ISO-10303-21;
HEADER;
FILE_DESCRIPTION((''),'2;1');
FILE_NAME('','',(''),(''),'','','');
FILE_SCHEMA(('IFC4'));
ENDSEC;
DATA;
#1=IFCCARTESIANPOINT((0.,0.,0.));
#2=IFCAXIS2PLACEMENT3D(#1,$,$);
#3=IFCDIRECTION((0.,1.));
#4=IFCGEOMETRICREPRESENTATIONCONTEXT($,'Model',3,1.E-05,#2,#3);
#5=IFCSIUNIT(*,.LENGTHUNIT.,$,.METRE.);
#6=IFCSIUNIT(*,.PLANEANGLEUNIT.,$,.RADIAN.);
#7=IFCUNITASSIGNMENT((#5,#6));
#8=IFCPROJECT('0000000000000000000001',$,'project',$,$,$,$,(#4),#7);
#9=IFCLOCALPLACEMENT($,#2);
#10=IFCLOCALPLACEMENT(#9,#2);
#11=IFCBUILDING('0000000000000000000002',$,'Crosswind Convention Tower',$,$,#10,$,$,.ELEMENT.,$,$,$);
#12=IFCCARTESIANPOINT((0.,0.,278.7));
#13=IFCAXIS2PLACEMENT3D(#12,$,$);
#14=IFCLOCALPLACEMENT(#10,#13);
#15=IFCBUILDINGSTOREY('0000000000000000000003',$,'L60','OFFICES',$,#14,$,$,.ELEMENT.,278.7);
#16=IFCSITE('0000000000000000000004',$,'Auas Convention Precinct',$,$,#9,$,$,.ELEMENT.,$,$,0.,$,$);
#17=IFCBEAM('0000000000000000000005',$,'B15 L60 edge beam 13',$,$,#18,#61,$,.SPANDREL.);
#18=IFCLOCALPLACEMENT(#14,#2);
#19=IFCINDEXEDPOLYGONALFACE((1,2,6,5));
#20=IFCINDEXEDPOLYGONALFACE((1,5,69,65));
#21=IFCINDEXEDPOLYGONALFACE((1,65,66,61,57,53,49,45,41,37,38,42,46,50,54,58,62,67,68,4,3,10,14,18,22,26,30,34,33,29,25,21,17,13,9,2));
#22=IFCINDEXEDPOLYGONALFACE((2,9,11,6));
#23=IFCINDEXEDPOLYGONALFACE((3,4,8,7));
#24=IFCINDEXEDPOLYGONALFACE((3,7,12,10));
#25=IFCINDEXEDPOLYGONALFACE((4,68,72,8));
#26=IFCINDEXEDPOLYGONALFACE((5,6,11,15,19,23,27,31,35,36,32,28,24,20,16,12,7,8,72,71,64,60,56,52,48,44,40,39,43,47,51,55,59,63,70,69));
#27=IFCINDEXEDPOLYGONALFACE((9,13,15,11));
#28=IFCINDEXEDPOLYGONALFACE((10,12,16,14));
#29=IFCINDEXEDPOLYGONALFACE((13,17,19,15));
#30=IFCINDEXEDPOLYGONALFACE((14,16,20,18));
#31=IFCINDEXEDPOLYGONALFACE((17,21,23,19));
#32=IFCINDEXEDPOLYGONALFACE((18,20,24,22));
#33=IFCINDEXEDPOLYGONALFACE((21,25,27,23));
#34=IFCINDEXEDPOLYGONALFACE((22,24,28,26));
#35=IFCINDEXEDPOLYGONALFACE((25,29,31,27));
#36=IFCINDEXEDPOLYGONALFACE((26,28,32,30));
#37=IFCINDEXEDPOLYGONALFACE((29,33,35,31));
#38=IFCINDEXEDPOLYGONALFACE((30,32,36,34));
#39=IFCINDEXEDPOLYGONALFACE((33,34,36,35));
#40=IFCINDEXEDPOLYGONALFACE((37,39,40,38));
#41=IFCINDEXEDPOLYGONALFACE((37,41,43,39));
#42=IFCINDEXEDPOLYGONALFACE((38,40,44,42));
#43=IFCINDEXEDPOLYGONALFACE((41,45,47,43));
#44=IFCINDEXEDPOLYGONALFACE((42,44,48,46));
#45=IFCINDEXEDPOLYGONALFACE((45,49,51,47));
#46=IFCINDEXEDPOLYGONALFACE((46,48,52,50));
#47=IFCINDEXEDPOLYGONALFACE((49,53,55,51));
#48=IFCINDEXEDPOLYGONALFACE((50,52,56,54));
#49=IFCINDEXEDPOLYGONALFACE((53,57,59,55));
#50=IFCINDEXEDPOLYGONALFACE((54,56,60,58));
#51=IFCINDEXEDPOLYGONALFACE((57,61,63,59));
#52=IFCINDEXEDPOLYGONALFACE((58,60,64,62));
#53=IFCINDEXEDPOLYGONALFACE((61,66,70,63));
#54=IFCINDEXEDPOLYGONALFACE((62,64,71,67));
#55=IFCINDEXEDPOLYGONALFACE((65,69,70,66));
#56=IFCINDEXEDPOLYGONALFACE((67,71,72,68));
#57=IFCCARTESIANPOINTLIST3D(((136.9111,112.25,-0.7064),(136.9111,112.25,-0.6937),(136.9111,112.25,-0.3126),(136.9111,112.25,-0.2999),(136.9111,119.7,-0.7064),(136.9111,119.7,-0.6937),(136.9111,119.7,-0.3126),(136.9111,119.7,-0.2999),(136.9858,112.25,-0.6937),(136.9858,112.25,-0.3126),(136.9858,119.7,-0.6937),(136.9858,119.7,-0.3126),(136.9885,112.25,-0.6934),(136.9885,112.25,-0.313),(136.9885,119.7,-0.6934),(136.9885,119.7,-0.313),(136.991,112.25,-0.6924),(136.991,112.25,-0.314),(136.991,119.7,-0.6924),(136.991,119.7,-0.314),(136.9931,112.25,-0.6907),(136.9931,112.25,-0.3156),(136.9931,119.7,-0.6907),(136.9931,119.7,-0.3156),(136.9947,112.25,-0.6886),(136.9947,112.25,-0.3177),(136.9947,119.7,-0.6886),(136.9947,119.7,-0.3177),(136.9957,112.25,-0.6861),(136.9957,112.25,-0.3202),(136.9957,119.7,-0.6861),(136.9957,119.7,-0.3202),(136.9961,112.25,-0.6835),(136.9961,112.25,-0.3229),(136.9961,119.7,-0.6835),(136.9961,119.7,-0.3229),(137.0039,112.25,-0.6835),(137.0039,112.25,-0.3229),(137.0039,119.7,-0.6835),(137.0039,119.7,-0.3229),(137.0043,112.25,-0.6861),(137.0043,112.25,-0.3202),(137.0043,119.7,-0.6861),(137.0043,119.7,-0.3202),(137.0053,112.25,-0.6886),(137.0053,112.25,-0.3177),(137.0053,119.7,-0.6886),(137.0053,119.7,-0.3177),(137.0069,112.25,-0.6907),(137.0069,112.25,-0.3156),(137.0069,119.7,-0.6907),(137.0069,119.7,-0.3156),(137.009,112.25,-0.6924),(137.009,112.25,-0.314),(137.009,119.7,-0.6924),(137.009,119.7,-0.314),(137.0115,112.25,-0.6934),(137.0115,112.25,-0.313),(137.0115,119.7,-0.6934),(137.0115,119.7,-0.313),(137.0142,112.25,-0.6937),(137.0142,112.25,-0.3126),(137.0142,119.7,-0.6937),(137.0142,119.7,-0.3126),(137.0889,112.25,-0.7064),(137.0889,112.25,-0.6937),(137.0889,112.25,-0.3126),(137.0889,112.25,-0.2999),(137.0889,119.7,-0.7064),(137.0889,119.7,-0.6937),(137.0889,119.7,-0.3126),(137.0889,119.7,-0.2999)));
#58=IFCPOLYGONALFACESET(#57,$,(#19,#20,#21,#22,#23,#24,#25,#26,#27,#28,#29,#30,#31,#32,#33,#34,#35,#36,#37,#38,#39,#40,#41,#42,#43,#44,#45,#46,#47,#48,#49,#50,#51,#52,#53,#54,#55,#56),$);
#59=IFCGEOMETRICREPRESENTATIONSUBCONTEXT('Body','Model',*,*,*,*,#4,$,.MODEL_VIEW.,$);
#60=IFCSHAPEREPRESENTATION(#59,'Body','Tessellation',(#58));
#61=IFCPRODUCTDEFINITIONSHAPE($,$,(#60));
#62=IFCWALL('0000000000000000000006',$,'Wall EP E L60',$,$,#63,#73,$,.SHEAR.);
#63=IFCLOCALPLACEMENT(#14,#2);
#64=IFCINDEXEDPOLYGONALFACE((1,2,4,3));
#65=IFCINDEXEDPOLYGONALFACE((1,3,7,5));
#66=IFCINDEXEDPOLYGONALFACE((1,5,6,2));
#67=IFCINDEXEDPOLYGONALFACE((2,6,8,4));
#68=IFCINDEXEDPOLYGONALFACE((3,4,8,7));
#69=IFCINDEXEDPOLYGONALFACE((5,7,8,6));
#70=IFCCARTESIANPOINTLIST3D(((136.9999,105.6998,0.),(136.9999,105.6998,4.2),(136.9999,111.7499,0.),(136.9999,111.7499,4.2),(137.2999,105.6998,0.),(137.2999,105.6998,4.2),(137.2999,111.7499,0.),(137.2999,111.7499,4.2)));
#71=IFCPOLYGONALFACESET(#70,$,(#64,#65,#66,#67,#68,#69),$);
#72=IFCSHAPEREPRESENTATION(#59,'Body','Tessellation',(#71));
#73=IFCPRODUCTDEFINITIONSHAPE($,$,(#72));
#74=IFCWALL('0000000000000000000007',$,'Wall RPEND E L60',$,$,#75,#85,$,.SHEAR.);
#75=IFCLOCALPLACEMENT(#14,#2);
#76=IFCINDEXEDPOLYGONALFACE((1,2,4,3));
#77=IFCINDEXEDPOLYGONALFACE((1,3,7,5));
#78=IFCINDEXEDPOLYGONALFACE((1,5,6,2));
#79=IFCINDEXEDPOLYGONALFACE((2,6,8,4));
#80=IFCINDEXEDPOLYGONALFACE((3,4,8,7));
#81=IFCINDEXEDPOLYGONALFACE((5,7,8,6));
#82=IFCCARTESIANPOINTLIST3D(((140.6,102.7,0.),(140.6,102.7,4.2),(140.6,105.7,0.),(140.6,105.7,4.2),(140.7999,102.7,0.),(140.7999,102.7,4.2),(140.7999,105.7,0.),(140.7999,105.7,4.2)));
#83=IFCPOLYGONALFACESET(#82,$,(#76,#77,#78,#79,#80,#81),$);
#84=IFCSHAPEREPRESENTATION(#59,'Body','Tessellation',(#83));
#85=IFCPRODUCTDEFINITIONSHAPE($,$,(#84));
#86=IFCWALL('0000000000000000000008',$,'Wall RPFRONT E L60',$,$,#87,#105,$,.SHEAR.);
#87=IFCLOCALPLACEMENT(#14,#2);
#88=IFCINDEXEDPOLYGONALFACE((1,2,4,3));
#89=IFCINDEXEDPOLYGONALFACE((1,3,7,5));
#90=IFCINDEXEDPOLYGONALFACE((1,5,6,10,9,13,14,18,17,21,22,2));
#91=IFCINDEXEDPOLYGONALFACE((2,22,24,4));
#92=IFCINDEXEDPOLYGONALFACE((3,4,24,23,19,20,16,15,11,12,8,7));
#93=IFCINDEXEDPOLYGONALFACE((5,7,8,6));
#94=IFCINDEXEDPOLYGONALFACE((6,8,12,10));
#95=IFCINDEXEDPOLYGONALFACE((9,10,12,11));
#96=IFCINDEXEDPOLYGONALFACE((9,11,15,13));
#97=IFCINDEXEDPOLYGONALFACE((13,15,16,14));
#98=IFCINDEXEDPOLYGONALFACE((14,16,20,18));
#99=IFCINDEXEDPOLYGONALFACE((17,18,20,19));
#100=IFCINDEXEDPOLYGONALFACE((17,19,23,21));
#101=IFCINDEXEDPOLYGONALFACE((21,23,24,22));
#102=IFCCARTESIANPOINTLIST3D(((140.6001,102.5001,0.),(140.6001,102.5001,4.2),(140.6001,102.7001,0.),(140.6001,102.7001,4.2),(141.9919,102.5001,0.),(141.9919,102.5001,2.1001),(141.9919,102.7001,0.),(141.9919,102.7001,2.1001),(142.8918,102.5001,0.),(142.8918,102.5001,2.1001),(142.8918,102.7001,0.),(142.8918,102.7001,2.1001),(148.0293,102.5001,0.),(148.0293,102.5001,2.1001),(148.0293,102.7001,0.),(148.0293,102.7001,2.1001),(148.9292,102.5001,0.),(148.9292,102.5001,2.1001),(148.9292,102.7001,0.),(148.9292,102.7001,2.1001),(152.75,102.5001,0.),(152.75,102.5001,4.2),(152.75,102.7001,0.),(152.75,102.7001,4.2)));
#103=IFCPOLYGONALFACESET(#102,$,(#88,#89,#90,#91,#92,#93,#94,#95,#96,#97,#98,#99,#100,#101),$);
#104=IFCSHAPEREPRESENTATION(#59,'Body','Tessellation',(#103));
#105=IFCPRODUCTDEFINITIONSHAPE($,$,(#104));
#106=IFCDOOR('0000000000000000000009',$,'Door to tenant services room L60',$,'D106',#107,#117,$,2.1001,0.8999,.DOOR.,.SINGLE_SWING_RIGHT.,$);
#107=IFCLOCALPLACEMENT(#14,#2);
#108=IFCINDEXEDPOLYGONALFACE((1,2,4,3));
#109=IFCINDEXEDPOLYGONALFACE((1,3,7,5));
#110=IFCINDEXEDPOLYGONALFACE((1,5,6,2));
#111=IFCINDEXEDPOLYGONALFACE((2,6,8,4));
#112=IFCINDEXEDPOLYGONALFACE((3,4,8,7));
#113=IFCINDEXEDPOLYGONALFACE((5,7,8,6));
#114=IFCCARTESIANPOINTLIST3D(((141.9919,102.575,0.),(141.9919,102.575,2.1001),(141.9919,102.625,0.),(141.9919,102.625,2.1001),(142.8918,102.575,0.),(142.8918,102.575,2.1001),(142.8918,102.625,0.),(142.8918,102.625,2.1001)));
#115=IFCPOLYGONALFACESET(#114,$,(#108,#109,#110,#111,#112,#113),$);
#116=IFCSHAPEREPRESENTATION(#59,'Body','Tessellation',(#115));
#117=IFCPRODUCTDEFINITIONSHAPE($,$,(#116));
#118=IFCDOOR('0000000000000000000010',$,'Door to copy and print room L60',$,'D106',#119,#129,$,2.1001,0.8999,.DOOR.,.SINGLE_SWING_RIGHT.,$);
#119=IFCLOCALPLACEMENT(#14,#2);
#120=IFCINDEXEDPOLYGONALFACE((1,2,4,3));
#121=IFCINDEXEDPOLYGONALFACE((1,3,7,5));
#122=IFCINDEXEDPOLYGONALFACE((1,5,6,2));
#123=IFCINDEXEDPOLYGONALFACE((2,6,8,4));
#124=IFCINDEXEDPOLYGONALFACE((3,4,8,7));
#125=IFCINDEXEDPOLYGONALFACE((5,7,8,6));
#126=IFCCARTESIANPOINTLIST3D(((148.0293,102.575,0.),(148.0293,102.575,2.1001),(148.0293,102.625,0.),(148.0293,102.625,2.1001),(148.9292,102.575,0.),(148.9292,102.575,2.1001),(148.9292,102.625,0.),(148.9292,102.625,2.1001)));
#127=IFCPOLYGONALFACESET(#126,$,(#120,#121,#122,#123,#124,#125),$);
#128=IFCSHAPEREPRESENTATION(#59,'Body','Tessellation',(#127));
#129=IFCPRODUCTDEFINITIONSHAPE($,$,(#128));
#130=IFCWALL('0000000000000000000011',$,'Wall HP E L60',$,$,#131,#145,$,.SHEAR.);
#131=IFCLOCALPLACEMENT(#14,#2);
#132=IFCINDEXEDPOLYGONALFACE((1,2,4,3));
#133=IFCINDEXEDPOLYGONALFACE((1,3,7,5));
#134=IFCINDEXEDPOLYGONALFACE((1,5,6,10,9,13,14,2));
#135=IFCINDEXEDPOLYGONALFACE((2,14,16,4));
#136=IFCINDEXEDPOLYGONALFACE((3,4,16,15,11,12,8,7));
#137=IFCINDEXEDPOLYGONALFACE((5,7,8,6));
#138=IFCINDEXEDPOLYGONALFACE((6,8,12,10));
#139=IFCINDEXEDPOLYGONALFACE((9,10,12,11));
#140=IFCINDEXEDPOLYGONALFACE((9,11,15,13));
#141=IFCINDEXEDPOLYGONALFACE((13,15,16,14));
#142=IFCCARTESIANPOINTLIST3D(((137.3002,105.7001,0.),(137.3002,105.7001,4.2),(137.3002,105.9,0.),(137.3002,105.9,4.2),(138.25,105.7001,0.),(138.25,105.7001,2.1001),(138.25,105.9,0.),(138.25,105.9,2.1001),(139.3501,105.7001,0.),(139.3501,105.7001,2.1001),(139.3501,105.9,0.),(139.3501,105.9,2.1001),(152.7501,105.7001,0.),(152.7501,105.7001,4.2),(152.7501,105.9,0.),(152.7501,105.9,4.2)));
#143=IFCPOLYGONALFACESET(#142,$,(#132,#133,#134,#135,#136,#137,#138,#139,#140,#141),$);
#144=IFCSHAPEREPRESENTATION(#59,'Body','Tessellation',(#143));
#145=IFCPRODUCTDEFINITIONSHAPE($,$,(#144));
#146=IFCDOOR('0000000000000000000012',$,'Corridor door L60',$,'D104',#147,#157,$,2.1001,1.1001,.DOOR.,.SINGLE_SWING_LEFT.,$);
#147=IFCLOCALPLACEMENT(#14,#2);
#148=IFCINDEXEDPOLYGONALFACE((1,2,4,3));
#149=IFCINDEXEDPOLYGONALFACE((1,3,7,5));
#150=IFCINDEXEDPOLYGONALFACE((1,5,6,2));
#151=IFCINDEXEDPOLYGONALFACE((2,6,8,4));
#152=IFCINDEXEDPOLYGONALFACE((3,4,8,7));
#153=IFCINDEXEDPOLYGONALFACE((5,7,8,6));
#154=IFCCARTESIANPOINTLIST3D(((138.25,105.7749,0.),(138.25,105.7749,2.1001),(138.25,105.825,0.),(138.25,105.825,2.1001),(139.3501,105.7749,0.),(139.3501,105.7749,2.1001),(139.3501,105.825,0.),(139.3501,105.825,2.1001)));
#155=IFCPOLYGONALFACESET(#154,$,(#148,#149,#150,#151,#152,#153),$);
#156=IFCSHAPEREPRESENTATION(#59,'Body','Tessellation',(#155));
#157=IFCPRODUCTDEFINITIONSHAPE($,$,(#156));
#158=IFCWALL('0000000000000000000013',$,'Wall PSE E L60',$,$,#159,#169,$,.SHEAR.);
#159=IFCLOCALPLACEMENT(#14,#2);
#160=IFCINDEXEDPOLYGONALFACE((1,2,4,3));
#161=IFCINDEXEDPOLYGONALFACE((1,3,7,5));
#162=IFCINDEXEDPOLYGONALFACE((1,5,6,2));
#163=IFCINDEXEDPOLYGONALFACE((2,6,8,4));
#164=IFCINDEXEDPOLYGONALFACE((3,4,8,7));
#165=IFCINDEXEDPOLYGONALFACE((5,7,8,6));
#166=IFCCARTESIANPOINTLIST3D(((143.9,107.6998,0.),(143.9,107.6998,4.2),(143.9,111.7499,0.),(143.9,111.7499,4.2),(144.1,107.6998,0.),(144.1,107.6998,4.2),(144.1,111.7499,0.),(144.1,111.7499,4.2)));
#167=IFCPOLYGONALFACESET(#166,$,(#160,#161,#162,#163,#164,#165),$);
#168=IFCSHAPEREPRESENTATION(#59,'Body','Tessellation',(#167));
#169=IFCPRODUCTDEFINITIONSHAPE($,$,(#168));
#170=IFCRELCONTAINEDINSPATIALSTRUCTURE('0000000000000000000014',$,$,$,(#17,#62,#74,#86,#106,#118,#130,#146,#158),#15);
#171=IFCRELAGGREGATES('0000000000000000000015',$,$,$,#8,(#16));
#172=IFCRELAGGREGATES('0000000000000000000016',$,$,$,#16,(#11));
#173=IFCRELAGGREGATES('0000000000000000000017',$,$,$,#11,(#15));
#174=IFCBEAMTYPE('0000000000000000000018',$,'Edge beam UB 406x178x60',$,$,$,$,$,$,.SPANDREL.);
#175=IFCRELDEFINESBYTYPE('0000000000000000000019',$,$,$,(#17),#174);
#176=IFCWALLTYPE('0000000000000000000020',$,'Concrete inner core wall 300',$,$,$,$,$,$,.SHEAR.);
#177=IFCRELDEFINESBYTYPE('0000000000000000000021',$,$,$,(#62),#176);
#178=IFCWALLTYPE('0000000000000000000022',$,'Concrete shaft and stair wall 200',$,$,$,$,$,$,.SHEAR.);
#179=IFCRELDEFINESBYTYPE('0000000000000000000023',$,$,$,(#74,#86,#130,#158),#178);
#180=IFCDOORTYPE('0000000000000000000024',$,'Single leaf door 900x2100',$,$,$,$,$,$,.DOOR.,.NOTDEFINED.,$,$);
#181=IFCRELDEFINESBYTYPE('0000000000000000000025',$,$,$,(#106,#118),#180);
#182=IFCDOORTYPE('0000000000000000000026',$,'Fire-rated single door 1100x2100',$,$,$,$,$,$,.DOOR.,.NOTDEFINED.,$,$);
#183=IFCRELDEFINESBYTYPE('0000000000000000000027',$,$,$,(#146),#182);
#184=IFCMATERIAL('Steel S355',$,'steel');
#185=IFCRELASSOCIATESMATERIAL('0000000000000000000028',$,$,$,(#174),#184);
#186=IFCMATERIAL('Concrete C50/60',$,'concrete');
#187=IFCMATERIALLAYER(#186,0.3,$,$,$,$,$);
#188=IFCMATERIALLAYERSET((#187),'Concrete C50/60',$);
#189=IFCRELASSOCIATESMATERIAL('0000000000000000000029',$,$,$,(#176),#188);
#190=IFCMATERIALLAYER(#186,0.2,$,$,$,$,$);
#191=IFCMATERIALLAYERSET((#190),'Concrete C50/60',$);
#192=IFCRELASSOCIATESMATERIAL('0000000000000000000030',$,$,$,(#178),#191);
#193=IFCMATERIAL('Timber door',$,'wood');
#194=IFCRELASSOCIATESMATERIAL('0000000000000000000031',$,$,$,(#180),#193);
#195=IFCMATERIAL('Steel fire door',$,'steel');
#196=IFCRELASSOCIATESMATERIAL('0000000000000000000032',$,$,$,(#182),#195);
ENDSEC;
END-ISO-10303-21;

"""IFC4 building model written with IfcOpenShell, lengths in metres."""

from ifc_helpers import new_model, si_unit, direction, frame, frame_2d, origin, origin_2d, place, context, subcontext, project, spatial, rectangle, i_section, extrude, material, layer, layer_set, material_profile, profile_set, type_object, element, fill, save


model = new_model("IFC4")

# Units and contexts
model_context = context("Model", 3, precision=1e-05, world=origin(), true_north=direction((0.0, 1.0)))
body_context = subcontext(model_context, "Body", "Model", "MODEL_VIEW")
ifc_project = project(units=[si_unit("LENGTHUNIT", "METRE"), si_unit("PLANEANGLEUNIT", "RADIAN")], contexts=[model_context])

# Site, building, storey
site_placement = place(None, origin())
site = spatial("IfcSite", under=ifc_project, at=site_placement, Name="Auas Convention Precinct", CompositionType="ELEMENT", RefElevation=0.0)
building_placement = place(site_placement, origin())
building = spatial("IfcBuilding", under=site, at=building_placement, Name="Crosswind Convention Tower", CompositionType="ELEMENT")
storey_placement = place(building_placement, frame((0.0, 0.0, 278.7)))
storey = spatial("IfcBuildingStorey", under=building, at=storey_placement, Name="L60", Description="OFFICES", CompositionType="ELEMENT", Elevation=278.7)

# Beam
ifc_material_1 = material(Name="Steel S355", Category="steel")
ifc_material_profile = material_profile(ifc_material_1, i_section(OverallWidth=0.1777, OverallDepth=0.4065, WebThickness=0.0078, FlangeThickness=0.0127, FilletRadius=0.0103, at=origin_2d()), Name="UB 406x178x60")
ifc_profile_set = profile_set([ifc_material_profile], Name="Steel S355")
beam_type = type_object("IfcBeamType", Name="Edge beam UB 406x178x60", PredefinedType="SPANDREL", material=ifc_profile_set)
beam_placement = place(storey_placement, frame((137.0, 112.25, -0.5032), z_axis=(0.0, 1.0, 0.0), x_axis=(-1.0, 0.0, 0.0)))
element("IfcBeam", 1, at=beam_placement, inside=storey, type_object=beam_type, Name="B15 L60 edge beam 13", PredefinedType="SPANDREL", context=body_context, shape_type="SweptSolid", body=[
    extrude(i_section(OverallWidth=0.1777, OverallDepth=0.4065, WebThickness=0.0078, FlangeThickness=0.0127, FilletRadius=0.0103, at=origin_2d()), origin(), (0.0, 0.0, 1.0), 7.45),
])

# Walls
ifc_material_2 = material(Name="Concrete C50/60", Category="concrete")
ifc_layer_1 = layer(ifc_material_2, 0.3)
ifc_layer_set_1 = layer_set([ifc_layer_1], Name="Concrete C50/60")
wall_type_1 = type_object("IfcWallType", Name="Concrete inner core wall 300", PredefinedType="SHEAR", material=ifc_layer_set_1)
wall_1_placement = place(storey_placement, frame((137.1499, 105.7, 0.0), z_axis=(0.0, 0.0, 1.0), x_axis=(0.0, 1.0, 0.0)))
element("IfcWall", 2, at=wall_1_placement, inside=storey, type_object=wall_type_1, Name="Wall EP E L60", PredefinedType="SHEAR", context=body_context, shape_type="SweptSolid", body=[
    extrude(rectangle(XDim=6.05, YDim=0.3, at=frame_2d((3.0249, 0.0))), origin(), (0.0, 0.0, 1.0), 4.2),
])
ifc_layer_2 = layer(ifc_material_2, 0.2)
ifc_layer_set_2 = layer_set([ifc_layer_2], Name="Concrete C50/60")
wall_type_2 = type_object("IfcWallType", Name="Concrete shaft and stair wall 200", PredefinedType="SHEAR", material=ifc_layer_set_2)
wall_2_placement = place(storey_placement, frame((140.7, 102.7, 0.0), z_axis=(0.0, 0.0, 1.0), x_axis=(0.0, 1.0, 0.0)))
element("IfcWall", 3, at=wall_2_placement, inside=storey, type_object=wall_type_2, Name="Wall RPEND E L60", PredefinedType="SHEAR", context=body_context, shape_type="SweptSolid", body=[
    extrude(rectangle(XDim=3.0, YDim=0.2, at=frame_2d((1.5, 0.0))), origin(), (0.0, 0.0, 1.0), 4.2),
])

# Wall, openings, doors
wall_3_placement = place(storey_placement, frame((140.6001, 102.6001, 0.0), z_axis=(0.0, 0.0, 1.0), x_axis=(1.0, 0.0, 0.0)))
wall_3 = element("IfcWall", 4, at=wall_3_placement, inside=storey, type_object=wall_type_2, Name="Wall RPFRONT E L60", PredefinedType="SHEAR", context=body_context, shape_type="SweptSolid", body=[
    extrude(rectangle(XDim=12.1499, YDim=0.2, at=frame_2d((6.075, 0.0))), origin(), (0.0, 0.0, 1.0), 4.2),
])
opening_1_placement = place(wall_3_placement, frame((1.3918, 0.0, 0.0)))
opening_1 = element("IfcOpeningElement", 5, at=opening_1_placement, cuts=wall_3, PredefinedType="OPENING", context=body_context, shape_type="SweptSolid", body=[
    extrude(rectangle(XDim=0.8999, YDim=2.1001, at=frame_2d((0.45, 1.05))), frame((0.0, 0.1099, 0.0), z_axis=(0.0, -1.0, 0.0), x_axis=(1.0, 0.0, 0.0)), (0.0, 0.0, 1.0), 0.22),
])
opening_2_placement = place(wall_3_placement, frame((7.4292, 0.0, 0.0)))
opening_2 = element("IfcOpeningElement", 6, at=opening_2_placement, cuts=wall_3, PredefinedType="OPENING", context=body_context, shape_type="SweptSolid", body=[
    extrude(rectangle(XDim=0.8999, YDim=2.1001, at=frame_2d((0.45, 1.05))), frame((0.0, 0.1099, 0.0), z_axis=(0.0, -1.0, 0.0), x_axis=(1.0, 0.0, 0.0)), (0.0, 0.0, 1.0), 0.22),
])
ifc_material_3 = material(Name="Timber door", Category="wood")
door_type_1 = type_object("IfcDoorType", Name="Single leaf door 900x2100", OperationType="NOTDEFINED", PredefinedType="DOOR", material=ifc_material_3)
door_1_placement = place(opening_1_placement, origin())
door_1 = element("IfcDoor", 7, at=door_1_placement, inside=storey, type_object=door_type_1, Name="Door to tenant services room L60", ObjectType="D106", OperationType="SINGLE_SWING_RIGHT", OverallHeight=2.1001, OverallWidth=0.8999, PredefinedType="DOOR", context=body_context, shape_type="SweptSolid", body=[
    extrude(rectangle(XDim=0.8999, YDim=2.1001, at=frame_2d((0.45, 1.05))), frame((0.0, 0.0249, 0.0), z_axis=(0.0, -1.0, 0.0), x_axis=(1.0, 0.0, 0.0)), (0.0, 0.0, 1.0), 0.05),
])
fill(opening_1, door_1)
door_2_placement = place(opening_2_placement, origin())
door_2 = element("IfcDoor", 8, at=door_2_placement, inside=storey, type_object=door_type_1, Name="Door to copy and print room L60", ObjectType="D106", OperationType="SINGLE_SWING_RIGHT", OverallHeight=2.1001, OverallWidth=0.8999, PredefinedType="DOOR", context=body_context, shape_type="SweptSolid", body=[
    extrude(rectangle(XDim=0.8999, YDim=2.1001, at=frame_2d((0.45, 1.05))), frame((0.0, 0.0249, 0.0), z_axis=(0.0, -1.0, 0.0), x_axis=(1.0, 0.0, 0.0)), (0.0, 0.0, 1.0), 0.05),
])
fill(opening_2, door_2)

# Wall, opening, door
wall_4_placement = place(storey_placement, frame((137.3, 105.8, 0.0), z_axis=(0.0, 0.0, 1.0), x_axis=(1.0, 0.0, 0.0)))
wall_4 = element("IfcWall", 9, at=wall_4_placement, inside=storey, type_object=wall_type_2, Name="Wall HP E L60", PredefinedType="SHEAR", context=body_context, shape_type="SweptSolid", body=[
    extrude(rectangle(XDim=15.45, YDim=0.2, at=frame_2d((7.7251, 0.0))), origin(), (0.0, 0.0, 1.0), 4.2),
])
opening_3_placement = place(wall_4_placement, frame((0.95, 0.0, 0.0)))
opening_3 = element("IfcOpeningElement", 10, at=opening_3_placement, cuts=wall_4, PredefinedType="OPENING", context=body_context, shape_type="SweptSolid", body=[
    extrude(rectangle(XDim=1.1001, YDim=2.1001, at=frame_2d((0.55, 1.05))), frame((0.0, 0.1099, 0.0), z_axis=(0.0, -1.0, 0.0), x_axis=(1.0, 0.0, 0.0)), (0.0, 0.0, 1.0), 0.22),
])
ifc_material_4 = material(Name="Steel fire door", Category="steel")
door_type_2 = type_object("IfcDoorType", Name="Fire-rated single door 1100x2100", OperationType="NOTDEFINED", PredefinedType="DOOR", material=ifc_material_4)
door_3_placement = place(opening_3_placement, origin())
door_3 = element("IfcDoor", 11, at=door_3_placement, inside=storey, type_object=door_type_2, Name="Corridor door L60", ObjectType="D104", OperationType="SINGLE_SWING_LEFT", OverallHeight=2.1001, OverallWidth=1.1001, PredefinedType="DOOR", context=body_context, shape_type="SweptSolid", body=[
    extrude(rectangle(XDim=1.1001, YDim=2.1001, at=frame_2d((0.55, 1.05))), frame((0.0, 0.0249, 0.0), z_axis=(0.0, -1.0, 0.0), x_axis=(1.0, 0.0, 0.0)), (0.0, 0.0, 1.0), 0.05),
])
fill(opening_3, door_3)

# Wall
wall_5_placement = place(storey_placement, frame((144.0, 107.7, 0.0), z_axis=(0.0, 0.0, 1.0), x_axis=(0.0, 1.0, 0.0)))
element("IfcWall", 12, at=wall_5_placement, inside=storey, type_object=wall_type_2, Name="Wall PSE E L60", PredefinedType="SHEAR", context=body_context, shape_type="SweptSolid", body=[
    extrude(rectangle(XDim=4.05, YDim=0.2, at=frame_2d((2.0249, 0.0))), origin(), (0.0, 0.0, 1.0), 4.2),
])

save(model, "model.ifc")
